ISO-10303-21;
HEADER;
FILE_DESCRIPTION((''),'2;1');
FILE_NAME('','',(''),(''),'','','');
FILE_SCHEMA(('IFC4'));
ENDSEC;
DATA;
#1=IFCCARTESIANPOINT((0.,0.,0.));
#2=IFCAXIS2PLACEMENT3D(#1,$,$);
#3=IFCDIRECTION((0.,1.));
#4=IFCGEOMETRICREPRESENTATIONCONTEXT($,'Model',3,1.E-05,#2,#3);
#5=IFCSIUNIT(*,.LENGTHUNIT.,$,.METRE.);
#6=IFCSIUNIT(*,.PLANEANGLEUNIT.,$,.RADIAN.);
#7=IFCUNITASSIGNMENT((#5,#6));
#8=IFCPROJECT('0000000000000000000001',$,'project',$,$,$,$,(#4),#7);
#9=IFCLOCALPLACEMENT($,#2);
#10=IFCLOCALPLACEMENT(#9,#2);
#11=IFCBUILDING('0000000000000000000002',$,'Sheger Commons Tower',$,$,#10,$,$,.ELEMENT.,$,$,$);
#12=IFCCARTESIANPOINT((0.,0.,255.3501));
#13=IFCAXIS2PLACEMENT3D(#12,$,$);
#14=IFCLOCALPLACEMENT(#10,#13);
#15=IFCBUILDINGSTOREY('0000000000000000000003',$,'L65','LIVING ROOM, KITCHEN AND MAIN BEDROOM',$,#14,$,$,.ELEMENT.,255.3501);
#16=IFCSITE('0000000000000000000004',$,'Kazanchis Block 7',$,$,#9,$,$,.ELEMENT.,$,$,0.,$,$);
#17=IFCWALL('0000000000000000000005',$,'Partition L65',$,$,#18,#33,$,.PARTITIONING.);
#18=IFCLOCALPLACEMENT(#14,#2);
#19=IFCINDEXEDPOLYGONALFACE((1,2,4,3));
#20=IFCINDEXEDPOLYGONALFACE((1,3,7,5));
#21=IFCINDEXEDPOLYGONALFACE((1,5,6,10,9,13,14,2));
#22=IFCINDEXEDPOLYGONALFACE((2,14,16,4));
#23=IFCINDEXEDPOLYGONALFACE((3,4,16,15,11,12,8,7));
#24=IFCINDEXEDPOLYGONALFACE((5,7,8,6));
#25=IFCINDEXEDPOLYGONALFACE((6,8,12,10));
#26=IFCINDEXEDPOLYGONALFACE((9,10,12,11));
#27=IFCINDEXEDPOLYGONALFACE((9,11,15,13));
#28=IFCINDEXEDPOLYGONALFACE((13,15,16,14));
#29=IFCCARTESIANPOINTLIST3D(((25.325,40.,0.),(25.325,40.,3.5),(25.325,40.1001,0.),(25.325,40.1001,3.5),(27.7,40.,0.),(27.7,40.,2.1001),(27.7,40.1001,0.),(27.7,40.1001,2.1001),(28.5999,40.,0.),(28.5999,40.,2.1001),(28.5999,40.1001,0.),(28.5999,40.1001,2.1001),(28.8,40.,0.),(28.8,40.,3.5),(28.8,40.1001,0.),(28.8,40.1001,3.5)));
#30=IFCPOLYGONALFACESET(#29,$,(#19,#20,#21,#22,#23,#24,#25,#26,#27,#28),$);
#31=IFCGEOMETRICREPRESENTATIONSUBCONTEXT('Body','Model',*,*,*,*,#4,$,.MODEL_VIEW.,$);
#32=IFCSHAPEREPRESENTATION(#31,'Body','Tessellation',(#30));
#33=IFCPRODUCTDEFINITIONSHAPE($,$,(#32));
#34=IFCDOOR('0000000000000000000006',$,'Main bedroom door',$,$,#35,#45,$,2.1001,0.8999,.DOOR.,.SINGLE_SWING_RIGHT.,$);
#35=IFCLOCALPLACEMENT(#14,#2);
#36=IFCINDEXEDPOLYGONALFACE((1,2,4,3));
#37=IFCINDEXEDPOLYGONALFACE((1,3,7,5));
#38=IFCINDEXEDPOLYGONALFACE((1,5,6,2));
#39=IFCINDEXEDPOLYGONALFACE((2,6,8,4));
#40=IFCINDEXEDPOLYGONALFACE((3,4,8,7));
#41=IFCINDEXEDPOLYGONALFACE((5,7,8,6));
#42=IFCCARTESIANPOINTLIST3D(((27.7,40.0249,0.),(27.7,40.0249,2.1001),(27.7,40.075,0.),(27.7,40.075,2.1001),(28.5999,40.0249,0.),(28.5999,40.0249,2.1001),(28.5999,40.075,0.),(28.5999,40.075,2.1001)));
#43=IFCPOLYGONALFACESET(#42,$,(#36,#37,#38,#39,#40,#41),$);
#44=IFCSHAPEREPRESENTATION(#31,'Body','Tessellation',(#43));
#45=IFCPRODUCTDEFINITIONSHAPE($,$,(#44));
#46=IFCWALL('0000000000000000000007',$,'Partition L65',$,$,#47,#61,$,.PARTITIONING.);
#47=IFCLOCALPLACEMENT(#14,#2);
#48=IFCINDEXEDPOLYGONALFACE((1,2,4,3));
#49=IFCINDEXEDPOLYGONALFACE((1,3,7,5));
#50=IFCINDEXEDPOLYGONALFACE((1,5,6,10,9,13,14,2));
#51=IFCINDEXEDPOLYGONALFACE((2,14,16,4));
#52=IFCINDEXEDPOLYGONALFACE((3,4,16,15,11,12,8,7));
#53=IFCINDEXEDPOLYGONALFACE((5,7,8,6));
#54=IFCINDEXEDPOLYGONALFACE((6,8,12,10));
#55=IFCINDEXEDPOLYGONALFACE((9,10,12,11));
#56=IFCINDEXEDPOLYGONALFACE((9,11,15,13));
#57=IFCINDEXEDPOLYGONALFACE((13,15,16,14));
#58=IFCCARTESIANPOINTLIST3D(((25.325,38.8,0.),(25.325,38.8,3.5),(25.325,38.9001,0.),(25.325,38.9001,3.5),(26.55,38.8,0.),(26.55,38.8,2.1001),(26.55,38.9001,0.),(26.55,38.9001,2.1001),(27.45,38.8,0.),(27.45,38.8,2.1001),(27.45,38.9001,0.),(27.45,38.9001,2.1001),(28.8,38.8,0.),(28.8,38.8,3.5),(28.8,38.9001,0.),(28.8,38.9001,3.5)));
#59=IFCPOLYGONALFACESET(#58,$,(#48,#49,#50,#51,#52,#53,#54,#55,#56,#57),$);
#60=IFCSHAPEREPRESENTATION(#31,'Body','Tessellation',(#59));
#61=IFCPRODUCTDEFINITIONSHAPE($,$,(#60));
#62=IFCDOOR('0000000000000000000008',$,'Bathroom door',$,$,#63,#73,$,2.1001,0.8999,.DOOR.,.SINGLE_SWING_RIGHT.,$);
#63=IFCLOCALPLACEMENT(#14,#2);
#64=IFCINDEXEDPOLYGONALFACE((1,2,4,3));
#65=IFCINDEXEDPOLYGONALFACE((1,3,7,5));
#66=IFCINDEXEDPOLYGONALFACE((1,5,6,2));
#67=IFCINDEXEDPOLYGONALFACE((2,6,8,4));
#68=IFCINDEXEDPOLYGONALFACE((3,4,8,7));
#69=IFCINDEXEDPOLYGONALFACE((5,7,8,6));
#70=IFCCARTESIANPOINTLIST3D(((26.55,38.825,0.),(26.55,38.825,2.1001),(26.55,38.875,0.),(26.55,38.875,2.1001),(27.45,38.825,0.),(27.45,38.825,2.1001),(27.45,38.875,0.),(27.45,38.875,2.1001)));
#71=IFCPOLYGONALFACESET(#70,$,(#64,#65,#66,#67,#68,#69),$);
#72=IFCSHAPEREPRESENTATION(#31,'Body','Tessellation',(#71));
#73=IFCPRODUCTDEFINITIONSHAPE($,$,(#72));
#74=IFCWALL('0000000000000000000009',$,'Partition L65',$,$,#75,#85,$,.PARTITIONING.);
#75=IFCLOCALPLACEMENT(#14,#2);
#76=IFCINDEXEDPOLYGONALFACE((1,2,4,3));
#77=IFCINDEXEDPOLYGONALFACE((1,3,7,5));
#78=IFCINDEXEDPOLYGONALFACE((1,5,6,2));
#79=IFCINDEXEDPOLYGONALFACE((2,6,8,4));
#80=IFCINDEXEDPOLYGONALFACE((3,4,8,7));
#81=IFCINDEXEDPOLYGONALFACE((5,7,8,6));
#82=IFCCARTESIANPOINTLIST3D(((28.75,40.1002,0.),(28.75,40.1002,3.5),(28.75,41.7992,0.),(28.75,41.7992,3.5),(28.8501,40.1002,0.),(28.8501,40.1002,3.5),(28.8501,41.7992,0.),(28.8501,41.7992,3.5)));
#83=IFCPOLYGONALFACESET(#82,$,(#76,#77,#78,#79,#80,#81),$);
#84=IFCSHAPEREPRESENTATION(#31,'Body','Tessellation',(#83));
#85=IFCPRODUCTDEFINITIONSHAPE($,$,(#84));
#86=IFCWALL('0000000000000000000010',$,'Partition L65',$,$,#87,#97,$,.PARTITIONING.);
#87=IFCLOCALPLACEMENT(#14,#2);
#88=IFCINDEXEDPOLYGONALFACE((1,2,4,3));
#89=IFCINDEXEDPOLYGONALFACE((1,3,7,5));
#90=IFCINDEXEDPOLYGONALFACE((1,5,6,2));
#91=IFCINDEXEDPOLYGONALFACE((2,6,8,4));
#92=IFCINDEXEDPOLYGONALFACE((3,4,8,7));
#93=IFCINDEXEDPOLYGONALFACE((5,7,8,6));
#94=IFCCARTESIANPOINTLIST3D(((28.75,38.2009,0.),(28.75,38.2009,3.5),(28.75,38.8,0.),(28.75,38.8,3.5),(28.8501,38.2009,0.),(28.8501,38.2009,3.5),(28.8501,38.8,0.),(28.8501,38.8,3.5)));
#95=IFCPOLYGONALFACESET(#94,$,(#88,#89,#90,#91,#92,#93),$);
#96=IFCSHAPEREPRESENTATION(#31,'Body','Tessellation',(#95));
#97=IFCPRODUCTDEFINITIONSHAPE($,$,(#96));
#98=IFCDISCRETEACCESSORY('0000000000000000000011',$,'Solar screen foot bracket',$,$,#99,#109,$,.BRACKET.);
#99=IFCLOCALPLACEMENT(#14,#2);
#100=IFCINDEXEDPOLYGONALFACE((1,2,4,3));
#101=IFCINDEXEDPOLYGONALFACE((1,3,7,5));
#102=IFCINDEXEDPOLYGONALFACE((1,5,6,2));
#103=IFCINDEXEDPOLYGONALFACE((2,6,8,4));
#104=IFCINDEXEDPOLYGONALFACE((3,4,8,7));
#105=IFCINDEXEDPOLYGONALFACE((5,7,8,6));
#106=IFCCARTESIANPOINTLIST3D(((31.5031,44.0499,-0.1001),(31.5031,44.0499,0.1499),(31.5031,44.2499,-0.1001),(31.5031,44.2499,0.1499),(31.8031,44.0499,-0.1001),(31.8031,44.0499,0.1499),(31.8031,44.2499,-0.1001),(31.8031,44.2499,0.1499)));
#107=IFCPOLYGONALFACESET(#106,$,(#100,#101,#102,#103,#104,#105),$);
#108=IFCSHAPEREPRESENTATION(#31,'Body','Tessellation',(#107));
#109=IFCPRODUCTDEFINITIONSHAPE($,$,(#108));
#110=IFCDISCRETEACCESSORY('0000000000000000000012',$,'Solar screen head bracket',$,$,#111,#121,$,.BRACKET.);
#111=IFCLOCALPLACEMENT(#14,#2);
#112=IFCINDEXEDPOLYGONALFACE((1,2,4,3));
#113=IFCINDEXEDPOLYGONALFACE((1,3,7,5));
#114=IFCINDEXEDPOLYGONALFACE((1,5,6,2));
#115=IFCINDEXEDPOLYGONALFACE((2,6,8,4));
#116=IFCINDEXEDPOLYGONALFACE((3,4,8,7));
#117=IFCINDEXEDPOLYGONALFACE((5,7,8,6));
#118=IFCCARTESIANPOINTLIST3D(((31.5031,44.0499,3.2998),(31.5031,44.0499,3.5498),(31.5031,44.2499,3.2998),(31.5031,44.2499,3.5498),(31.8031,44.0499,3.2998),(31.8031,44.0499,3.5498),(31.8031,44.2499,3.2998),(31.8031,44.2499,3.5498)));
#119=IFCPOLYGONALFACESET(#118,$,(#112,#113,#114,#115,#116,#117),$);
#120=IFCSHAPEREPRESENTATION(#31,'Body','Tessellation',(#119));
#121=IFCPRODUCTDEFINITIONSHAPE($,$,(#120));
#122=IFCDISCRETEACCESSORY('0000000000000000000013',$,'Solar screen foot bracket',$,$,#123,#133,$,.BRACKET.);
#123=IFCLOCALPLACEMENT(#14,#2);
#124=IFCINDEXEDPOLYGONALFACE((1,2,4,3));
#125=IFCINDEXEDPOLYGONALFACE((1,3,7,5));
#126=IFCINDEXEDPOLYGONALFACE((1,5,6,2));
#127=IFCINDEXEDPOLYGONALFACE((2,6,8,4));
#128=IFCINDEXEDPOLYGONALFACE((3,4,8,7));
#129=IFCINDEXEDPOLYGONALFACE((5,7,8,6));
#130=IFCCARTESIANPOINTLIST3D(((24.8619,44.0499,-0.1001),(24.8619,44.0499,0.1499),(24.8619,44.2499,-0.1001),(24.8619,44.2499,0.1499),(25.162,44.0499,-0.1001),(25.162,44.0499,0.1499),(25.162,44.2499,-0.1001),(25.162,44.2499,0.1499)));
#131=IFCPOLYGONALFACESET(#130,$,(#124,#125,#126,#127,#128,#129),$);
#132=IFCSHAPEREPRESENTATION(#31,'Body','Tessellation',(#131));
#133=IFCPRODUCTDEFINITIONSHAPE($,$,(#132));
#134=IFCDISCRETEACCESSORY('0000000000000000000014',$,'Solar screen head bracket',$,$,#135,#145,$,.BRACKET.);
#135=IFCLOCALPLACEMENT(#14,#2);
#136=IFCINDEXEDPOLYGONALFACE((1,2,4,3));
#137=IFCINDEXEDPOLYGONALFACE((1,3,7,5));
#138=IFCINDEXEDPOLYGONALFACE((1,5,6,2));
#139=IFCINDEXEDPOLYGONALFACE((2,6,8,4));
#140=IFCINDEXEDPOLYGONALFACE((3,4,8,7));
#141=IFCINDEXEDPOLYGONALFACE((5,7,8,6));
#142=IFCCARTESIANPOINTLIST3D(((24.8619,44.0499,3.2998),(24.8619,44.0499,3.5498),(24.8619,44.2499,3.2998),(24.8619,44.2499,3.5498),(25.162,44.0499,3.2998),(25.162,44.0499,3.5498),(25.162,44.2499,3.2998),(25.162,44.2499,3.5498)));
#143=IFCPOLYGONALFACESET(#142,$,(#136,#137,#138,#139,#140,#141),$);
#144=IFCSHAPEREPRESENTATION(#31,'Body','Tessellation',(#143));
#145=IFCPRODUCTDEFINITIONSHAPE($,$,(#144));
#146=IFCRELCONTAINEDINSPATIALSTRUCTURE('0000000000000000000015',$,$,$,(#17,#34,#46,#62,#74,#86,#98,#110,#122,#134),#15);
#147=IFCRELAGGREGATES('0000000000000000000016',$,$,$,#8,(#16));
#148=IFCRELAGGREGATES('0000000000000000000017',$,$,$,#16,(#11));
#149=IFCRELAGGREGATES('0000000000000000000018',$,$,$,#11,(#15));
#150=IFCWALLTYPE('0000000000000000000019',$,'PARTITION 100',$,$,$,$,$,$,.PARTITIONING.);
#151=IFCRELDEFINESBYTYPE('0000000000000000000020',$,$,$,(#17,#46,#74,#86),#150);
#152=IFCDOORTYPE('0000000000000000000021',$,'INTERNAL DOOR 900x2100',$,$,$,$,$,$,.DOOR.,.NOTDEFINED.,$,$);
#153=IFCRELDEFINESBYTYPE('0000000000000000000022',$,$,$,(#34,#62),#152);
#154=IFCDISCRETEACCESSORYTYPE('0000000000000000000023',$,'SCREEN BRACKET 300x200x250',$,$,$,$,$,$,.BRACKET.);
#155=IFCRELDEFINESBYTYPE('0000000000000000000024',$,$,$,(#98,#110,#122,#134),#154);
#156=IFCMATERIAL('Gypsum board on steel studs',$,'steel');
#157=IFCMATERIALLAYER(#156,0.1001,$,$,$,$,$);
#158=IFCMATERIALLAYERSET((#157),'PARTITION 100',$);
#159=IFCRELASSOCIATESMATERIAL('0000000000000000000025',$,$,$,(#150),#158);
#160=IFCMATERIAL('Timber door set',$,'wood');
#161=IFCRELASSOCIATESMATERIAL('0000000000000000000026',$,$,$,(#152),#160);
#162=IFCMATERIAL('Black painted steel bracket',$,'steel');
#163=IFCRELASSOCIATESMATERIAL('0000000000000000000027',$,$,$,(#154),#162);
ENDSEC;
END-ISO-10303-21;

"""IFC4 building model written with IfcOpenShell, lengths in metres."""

from ifc_helpers import new_model, si_unit, direction, frame, frame_2d, origin, origin_2d, place, context, subcontext, project, spatial, rectangle, extrude, material, layer, layer_set, type_object, element, fill, save


model = new_model("IFC4")

# Units and contexts
model_context = context("Model", 3, precision=1e-05, world=origin(), true_north=direction((0.0, 1.0)))
body_context = subcontext(model_context, "Body", "Model", "MODEL_VIEW")
ifc_project = project(units=[si_unit("LENGTHUNIT", "METRE"), si_unit("PLANEANGLEUNIT", "RADIAN")], contexts=[model_context])

# Site, building, storey
site_placement = place(None, origin())
site = spatial("IfcSite", under=ifc_project, at=site_placement, Name="Kazanchis Block 7", CompositionType="ELEMENT", RefElevation=0.0)
building_placement = place(site_placement, origin())
building = spatial("IfcBuilding", under=site, at=building_placement, Name="Sheger Commons Tower", CompositionType="ELEMENT")
storey_placement = place(building_placement, frame((0.0, 0.0, 255.3501)))
storey = spatial("IfcBuildingStorey", under=building, at=storey_placement, Name="L65", Description="LIVING ROOM, KITCHEN AND MAIN BEDROOM", CompositionType="ELEMENT", Elevation=255.3501)

# Shared definitions
ifc_material_1 = material(Name="Gypsum board on steel studs", Category="steel")
ifc_layer_1 = layer(ifc_material_1, 0.1001)
ifc_layer_set_1 = layer_set([ifc_layer_1], Name="PARTITION 100")
wall_type_1 = type_object("IfcWallType", Name="PARTITION 100", PredefinedType="PARTITIONING", material=ifc_layer_set_1)

# Walls, openings, doors
wall_1_placement = place(storey_placement, frame((25.325, 40.05, 0.0), z_axis=(0.0, 0.0, 1.0), x_axis=(1.0, 0.0, 0.0)))
wall_1 = element("IfcWall", 1, at=wall_1_placement, inside=storey, type_object=wall_type_1, Name="Partition L65", PredefinedType="PARTITIONING", context=body_context, shape_type="SweptSolid", body=[
    extrude(rectangle(XDim=3.4751, YDim=0.1001, at=frame_2d((1.7375, 0.0))), origin(), (0.0, 0.0, 1.0), 3.5),
])
opening_1_placement = place(wall_1_placement, frame((2.375, 0.0, 0.0)))
opening_1 = element("IfcOpeningElement", 2, at=opening_1_placement, cuts=wall_1, PredefinedType="OPENING", context=body_context, shape_type="SweptSolid", body=[
    extrude(rectangle(XDim=0.8999, YDim=2.1001, at=frame_2d((0.45, 1.05))), frame((0.0, 0.0601, 0.0), z_axis=(0.0, -1.0, 0.0), x_axis=(1.0, 0.0, 0.0)), (0.0, 0.0, 1.0), 0.1201),
])
ifc_material_2 = material(Name="Timber door set", Category="wood")
door_type_1 = type_object("IfcDoorType", Name="INTERNAL DOOR 900x2100", OperationType="NOTDEFINED", PredefinedType="DOOR", material=ifc_material_2)
door_1_placement = place(opening_1_placement, origin())
door_1 = element("IfcDoor", 3, at=door_1_placement, inside=storey, type_object=door_type_1, Name="Main bedroom door", OperationType="SINGLE_SWING_RIGHT", OverallHeight=2.1001, OverallWidth=0.8999, PredefinedType="DOOR", context=body_context, shape_type="SweptSolid", body=[
    extrude(rectangle(XDim=0.8999, YDim=2.1001, at=frame_2d((0.45, 1.05))), frame((0.0, 0.0249, 0.0), z_axis=(0.0, -1.0, 0.0), x_axis=(1.0, 0.0, 0.0)), (0.0, 0.0, 1.0), 0.05),
])
fill(opening_1, door_1)
wall_2_placement = place(storey_placement, frame((25.325, 38.8501, 0.0), z_axis=(0.0, 0.0, 1.0), x_axis=(1.0, 0.0, 0.0)))
wall_2 = element("IfcWall", 4, at=wall_2_placement, inside=storey, type_object=wall_type_1, Name="Partition L65", PredefinedType="PARTITIONING", context=body_context, shape_type="SweptSolid", body=[
    extrude(rectangle(XDim=3.4751, YDim=0.1001, at=frame_2d((1.7375, 0.0))), origin(), (0.0, 0.0, 1.0), 3.5),
])
opening_2_placement = place(wall_2_placement, frame((1.2251, 0.0, 0.0)))
opening_2 = element("IfcOpeningElement", 5, at=opening_2_placement, cuts=wall_2, PredefinedType="OPENING", context=body_context, shape_type="SweptSolid", body=[
    extrude(rectangle(XDim=0.8999, YDim=2.1001, at=frame_2d((0.45, 1.05))), frame((0.0, 0.0601, 0.0), z_axis=(0.0, -1.0, 0.0), x_axis=(1.0, 0.0, 0.0)), (0.0, 0.0, 1.0), 0.1201),
])
door_2_placement = place(opening_2_placement, origin())
door_2 = element("IfcDoor", 6, at=door_2_placement, inside=storey, type_object=door_type_1, Name="Bathroom door", OperationType="SINGLE_SWING_RIGHT", OverallHeight=2.1001, OverallWidth=0.8999, PredefinedType="DOOR", context=body_context, shape_type="SweptSolid", body=[
    extrude(rectangle(XDim=0.8999, YDim=2.1001, at=frame_2d((0.45, 1.05))), frame((0.0, 0.0249, 0.0), z_axis=(0.0, -1.0, 0.0), x_axis=(1.0, 0.0, 0.0)), (0.0, 0.0, 1.0), 0.05),
])
fill(opening_2, door_2)

# Walls
wall_3_placement = place(storey_placement, frame((28.8, 40.1001, 0.0), z_axis=(0.0, 0.0, 1.0), x_axis=(0.0, 1.0, 0.0)))
element("IfcWall", 7, at=wall_3_placement, inside=storey, type_object=wall_type_1, Name="Partition L65", PredefinedType="PARTITIONING", context=body_context, shape_type="SweptSolid", body=[
    extrude(rectangle(XDim=1.699, YDim=0.1001, at=frame_2d((0.8496, 0.0))), origin(), (0.0, 0.0, 1.0), 3.5),
])
wall_4_placement = place(storey_placement, frame((28.8, 38.2009, 0.0), z_axis=(0.0, 0.0, 1.0), x_axis=(0.0, 1.0, 0.0)))
element("IfcWall", 8, at=wall_4_placement, inside=storey, type_object=wall_type_1, Name="Partition L65", PredefinedType="PARTITIONING", context=body_context, shape_type="SweptSolid", body=[
    extrude(rectangle(XDim=0.5991, YDim=0.1001, at=frame_2d((0.2996, 0.0))), origin(), (0.0, 0.0, 1.0), 3.5),
])

# Discrete accessories
ifc_material_3 = material(Name="Black painted steel bracket", Category="steel")
discrete_accessory_type = type_object("IfcDiscreteAccessoryType", Name="SCREEN BRACKET 300x200x250", PredefinedType="BRACKET", material=ifc_material_3)
for number, where, z_axis, x_axis, name in (
    (9, (31.6531, 44.1499, -0.1001), (0.0, 0.0, 1.0), (-1.0, 0.0, 0.0), "Solar screen foot bracket"),
    (10, (31.6531, 44.1499, 3.2998), (0.0, 0.0, 1.0), (-1.0, 0.0, 0.0), "Solar screen head bracket"),
    (11, (25.012, 44.1499, -0.1001), (0.0, 0.0, 1.0), (-1.0, 0.0, 0.0), "Solar screen foot bracket"),
    (12, (25.012, 44.1499, 3.2998), (0.0, 0.0, 1.0), (-1.0, 0.0, 0.0), "Solar screen head bracket"),
):
    element("IfcDiscreteAccessory", number, at=place(storey_placement, frame(where, z_axis=z_axis, x_axis=x_axis)), inside=storey, type_object=discrete_accessory_type, Name=name, PredefinedType="BRACKET", context=body_context, shape_type="SweptSolid", body=[
        extrude(rectangle(XDim=0.3, YDim=0.2, at=origin_2d()), origin(), (0.0, 0.0, 1.0), 0.25),
    ])

save(model, "model.ifc")
